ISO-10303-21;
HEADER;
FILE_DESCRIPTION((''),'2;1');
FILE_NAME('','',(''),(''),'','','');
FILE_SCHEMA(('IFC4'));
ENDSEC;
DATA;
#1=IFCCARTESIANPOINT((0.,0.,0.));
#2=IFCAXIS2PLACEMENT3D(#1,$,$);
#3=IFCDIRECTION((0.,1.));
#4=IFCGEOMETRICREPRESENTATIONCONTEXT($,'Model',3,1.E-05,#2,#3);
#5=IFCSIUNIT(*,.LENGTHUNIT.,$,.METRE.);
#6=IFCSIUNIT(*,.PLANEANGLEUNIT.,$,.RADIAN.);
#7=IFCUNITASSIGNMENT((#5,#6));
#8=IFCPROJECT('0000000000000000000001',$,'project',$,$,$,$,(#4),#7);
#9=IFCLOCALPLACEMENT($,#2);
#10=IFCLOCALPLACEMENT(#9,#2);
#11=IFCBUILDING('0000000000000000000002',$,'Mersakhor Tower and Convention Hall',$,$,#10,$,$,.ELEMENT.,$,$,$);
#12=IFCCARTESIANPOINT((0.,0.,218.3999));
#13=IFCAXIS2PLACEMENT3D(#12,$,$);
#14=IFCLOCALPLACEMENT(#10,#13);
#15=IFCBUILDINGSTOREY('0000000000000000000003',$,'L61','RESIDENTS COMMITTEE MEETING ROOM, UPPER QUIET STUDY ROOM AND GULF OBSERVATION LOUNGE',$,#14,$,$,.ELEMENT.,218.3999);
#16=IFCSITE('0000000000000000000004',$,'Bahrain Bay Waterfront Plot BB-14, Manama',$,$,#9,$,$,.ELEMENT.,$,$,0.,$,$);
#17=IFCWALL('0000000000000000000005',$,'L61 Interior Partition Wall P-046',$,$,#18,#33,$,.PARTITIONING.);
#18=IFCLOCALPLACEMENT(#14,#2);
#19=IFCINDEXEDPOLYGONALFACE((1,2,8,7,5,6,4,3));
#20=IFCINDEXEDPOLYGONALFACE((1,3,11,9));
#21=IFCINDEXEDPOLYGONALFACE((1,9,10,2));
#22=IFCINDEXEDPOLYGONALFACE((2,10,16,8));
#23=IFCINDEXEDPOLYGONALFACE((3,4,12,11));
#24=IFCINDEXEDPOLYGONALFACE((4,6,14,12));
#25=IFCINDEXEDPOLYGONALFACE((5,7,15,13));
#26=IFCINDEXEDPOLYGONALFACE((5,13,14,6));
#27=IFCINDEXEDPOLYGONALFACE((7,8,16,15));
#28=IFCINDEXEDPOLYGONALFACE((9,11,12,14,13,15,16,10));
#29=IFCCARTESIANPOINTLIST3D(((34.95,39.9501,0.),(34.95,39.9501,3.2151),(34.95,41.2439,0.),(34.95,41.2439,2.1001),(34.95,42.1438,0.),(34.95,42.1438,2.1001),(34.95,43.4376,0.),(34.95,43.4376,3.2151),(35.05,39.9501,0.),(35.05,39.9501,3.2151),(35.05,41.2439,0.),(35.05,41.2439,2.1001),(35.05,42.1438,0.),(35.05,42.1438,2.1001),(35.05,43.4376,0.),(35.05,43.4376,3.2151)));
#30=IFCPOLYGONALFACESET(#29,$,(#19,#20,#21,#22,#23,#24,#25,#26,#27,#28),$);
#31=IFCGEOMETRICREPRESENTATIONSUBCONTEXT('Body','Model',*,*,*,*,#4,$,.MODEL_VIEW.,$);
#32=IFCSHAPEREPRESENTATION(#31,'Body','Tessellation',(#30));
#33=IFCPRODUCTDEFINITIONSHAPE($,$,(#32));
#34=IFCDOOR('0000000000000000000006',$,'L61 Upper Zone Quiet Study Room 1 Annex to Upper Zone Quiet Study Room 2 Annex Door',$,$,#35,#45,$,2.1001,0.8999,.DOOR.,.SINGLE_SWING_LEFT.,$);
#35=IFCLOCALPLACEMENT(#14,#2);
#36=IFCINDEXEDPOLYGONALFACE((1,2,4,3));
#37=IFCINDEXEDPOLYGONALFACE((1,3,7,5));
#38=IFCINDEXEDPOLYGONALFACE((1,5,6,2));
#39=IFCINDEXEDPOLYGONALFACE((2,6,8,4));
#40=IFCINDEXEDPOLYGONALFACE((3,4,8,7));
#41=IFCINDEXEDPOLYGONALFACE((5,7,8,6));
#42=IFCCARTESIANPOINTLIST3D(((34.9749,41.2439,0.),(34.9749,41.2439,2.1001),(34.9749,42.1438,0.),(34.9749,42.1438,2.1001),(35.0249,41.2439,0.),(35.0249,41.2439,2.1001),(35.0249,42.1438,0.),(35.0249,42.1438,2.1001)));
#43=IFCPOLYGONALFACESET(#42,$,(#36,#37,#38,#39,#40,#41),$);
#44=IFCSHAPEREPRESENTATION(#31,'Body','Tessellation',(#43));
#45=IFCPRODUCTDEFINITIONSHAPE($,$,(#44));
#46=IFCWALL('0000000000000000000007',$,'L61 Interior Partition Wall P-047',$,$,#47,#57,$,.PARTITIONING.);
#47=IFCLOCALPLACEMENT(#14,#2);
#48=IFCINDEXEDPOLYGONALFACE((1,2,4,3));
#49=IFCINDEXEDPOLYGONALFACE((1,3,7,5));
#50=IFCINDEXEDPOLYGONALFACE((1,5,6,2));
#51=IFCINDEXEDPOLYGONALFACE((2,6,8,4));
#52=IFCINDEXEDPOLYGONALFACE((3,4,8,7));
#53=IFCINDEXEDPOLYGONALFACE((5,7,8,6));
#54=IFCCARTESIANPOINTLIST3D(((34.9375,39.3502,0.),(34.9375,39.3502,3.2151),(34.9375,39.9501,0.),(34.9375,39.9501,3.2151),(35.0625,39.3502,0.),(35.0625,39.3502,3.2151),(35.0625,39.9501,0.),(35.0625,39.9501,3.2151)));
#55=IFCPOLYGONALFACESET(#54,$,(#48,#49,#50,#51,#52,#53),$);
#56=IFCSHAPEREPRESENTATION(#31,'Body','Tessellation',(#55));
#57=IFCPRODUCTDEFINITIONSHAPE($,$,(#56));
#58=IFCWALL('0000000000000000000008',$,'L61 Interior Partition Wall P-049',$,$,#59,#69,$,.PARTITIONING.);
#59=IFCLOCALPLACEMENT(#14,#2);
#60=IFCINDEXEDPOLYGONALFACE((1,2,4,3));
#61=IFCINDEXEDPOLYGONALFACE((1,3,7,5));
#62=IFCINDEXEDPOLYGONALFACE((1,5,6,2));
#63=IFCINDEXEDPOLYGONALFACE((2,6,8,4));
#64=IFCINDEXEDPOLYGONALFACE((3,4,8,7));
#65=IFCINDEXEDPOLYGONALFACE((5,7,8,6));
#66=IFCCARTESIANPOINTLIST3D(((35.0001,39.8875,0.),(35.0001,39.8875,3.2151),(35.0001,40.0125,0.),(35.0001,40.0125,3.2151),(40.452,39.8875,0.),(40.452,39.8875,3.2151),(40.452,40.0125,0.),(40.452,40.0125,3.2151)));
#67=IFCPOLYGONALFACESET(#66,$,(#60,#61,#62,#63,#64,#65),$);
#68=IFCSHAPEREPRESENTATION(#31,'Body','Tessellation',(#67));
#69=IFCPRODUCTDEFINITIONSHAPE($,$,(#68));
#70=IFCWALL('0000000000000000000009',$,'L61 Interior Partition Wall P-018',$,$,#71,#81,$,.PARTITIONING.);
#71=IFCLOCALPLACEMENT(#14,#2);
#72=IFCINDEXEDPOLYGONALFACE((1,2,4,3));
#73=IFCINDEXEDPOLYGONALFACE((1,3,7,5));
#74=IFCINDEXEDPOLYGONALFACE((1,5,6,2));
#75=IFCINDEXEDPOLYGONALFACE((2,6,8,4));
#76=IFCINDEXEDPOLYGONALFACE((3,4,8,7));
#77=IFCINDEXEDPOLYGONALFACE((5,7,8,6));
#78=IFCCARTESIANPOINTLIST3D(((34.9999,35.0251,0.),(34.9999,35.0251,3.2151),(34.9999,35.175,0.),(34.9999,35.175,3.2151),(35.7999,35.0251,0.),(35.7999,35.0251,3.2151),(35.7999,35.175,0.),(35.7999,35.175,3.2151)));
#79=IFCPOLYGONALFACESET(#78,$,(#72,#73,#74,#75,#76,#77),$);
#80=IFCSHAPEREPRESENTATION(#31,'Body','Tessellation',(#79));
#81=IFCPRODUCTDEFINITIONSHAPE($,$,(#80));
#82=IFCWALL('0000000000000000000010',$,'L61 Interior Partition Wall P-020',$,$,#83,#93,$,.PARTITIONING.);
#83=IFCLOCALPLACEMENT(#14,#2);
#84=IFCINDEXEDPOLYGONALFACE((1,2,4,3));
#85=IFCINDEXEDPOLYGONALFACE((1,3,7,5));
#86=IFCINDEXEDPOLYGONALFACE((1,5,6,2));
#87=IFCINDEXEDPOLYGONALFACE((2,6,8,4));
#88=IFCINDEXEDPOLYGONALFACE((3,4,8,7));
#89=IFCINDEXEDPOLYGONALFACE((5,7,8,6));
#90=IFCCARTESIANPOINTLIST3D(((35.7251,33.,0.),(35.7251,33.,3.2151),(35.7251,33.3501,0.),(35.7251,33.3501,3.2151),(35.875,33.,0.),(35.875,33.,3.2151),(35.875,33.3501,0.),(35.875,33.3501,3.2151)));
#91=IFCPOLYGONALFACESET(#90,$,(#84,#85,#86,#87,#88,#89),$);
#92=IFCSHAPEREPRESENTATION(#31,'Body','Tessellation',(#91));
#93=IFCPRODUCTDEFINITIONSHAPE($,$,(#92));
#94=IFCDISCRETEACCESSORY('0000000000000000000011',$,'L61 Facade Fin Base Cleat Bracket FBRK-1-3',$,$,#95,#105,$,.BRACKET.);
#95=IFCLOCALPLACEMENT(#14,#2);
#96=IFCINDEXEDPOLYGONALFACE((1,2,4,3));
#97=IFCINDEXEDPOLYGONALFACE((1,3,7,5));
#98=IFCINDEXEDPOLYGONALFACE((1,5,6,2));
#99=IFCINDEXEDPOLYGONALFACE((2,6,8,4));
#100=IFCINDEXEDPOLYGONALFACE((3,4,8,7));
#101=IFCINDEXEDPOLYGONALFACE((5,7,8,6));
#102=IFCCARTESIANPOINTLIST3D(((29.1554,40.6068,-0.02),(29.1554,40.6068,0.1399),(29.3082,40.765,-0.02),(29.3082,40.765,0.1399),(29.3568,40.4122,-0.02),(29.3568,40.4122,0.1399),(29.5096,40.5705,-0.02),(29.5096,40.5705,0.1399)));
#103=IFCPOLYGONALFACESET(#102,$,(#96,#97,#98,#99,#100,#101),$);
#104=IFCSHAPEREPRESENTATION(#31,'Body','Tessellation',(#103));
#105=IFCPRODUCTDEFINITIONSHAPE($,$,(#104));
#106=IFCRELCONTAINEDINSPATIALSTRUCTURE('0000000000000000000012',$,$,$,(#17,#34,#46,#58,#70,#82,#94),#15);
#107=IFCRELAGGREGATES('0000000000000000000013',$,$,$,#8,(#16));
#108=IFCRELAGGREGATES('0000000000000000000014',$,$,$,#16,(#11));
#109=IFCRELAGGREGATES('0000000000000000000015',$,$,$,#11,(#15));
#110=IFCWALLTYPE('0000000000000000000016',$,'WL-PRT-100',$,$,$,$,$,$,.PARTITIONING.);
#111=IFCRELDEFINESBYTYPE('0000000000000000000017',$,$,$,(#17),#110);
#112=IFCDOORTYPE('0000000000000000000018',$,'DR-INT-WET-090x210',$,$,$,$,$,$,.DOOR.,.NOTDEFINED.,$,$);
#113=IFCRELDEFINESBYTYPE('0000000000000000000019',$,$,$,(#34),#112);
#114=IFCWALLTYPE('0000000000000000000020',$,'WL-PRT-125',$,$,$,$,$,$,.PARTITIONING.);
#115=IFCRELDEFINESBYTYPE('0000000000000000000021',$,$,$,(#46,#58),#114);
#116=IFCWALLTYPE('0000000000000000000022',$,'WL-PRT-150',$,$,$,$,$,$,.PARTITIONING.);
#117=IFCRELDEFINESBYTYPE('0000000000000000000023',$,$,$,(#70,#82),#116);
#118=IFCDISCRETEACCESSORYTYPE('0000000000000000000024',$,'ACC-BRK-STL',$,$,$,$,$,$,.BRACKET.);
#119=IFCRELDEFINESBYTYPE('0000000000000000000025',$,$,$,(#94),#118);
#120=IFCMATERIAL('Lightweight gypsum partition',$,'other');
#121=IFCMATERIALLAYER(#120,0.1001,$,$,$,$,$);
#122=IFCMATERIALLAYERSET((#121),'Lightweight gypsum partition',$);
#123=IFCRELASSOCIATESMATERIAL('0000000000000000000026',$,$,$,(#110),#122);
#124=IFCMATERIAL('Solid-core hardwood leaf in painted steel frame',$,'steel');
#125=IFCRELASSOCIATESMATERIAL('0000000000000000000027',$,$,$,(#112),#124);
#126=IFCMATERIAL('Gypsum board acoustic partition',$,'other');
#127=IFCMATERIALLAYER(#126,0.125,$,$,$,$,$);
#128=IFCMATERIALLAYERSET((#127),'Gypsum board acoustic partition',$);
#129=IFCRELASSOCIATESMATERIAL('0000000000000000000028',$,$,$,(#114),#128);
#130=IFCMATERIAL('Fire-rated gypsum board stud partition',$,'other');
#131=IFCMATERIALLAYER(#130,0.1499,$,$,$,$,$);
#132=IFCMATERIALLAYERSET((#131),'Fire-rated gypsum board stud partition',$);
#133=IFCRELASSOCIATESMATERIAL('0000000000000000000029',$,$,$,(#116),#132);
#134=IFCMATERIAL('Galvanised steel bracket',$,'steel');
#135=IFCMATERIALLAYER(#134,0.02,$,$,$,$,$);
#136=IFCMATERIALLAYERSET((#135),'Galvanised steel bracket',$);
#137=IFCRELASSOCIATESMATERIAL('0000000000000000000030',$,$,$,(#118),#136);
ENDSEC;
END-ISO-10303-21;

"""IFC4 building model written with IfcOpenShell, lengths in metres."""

from ifc_helpers import new_model, si_unit, direction, frame, frame_2d, origin, origin_2d, place, context, subcontext, project, spatial, rectangle, extrude, material, layer, layer_set, type_object, element, fill, save


model = new_model("IFC4")

# Units and contexts
model_context = context("Model", 3, precision=1e-05, world=origin(), true_north=direction((0.0, 1.0)))
body_context = subcontext(model_context, "Body", "Model", "MODEL_VIEW")
ifc_project = project(units=[si_unit("LENGTHUNIT", "METRE"), si_unit("PLANEANGLEUNIT", "RADIAN")], contexts=[model_context])

# Site, building, storey
site_placement = place(None, origin())
site = spatial("IfcSite", under=ifc_project, at=site_placement, Name="Bahrain Bay Waterfront Plot BB-14, Manama", CompositionType="ELEMENT", RefElevation=0.0)
building_placement = place(site_placement, origin())
building = spatial("IfcBuilding", under=site, at=building_placement, Name="Mersakhor Tower and Convention Hall", CompositionType="ELEMENT")
storey_placement = place(building_placement, frame((0.0, 0.0, 218.3999)))
storey = spatial("IfcBuildingStorey", under=building, at=storey_placement, Name="L61", Description="RESIDENTS COMMITTEE MEETING ROOM, UPPER QUIET STUDY ROOM AND GULF OBSERVATION LOUNGE", CompositionType="ELEMENT", Elevation=218.3999)

# Shared definitions
ifc_material_1 = material(Name="Lightweight gypsum partition", Category="other")
ifc_layer_1 = layer(ifc_material_1, 0.1001)
ifc_layer_set_1 = layer_set([ifc_layer_1], Name="Lightweight gypsum partition")
wall_type_1 = type_object("IfcWallType", Name="WL-PRT-100", PredefinedType="PARTITIONING", material=ifc_layer_set_1)

# Wall, opening, door
wall_1_placement = place(storey_placement, frame((35.0, 43.4375, 0.0), z_axis=(0.0, 0.0, 1.0), x_axis=(0.0, -1.0, 0.0)))
wall_1 = element("IfcWall", 1, at=wall_1_placement, inside=storey, type_object=wall_type_1, Name="L61 Interior Partition Wall P-046", PredefinedType="PARTITIONING", context=body_context, shape_type="SweptSolid", body=[
    extrude(rectangle(XDim=3.4875, YDim=0.1001, at=frame_2d((1.7437, 0.0))), origin(), (0.0, 0.0, 1.0), 3.2151),
])
opening_1_placement = place(wall_1_placement, frame((1.2937, 0.0, 0.0)))
opening_1 = element("IfcOpeningElement", 2, at=opening_1_placement, cuts=wall_1, PredefinedType="OPENING", context=body_context, shape_type="SweptSolid", body=[
    extrude(rectangle(XDim=0.8999, YDim=2.1001, at=frame_2d((0.45, 1.05))), frame((0.0, 0.0601, 0.0), z_axis=(0.0, -1.0, 0.0), x_axis=(1.0, 0.0, 0.0)), (0.0, 0.0, 1.0), 0.1201),
])
ifc_material_2 = material(Name="Solid-core hardwood leaf in painted steel frame", Category="steel")
door_type_1 = type_object("IfcDoorType", Name="DR-INT-WET-090x210", OperationType="NOTDEFINED", PredefinedType="DOOR", material=ifc_material_2)
door_1_placement = place(opening_1_placement, origin())
door_1 = element("IfcDoor", 3, at=door_1_placement, inside=storey, type_object=door_type_1, Name="L61 Upper Zone Quiet Study Room 1 Annex to Upper Zone Quiet Study Room 2 Annex Door", OperationType="SINGLE_SWING_LEFT", OverallHeight=2.1001, OverallWidth=0.8999, PredefinedType="DOOR", context=body_context, shape_type="SweptSolid", body=[
    extrude(rectangle(XDim=0.8999, YDim=2.1001, at=frame_2d((0.45, 1.05))), frame((0.0, 0.0249, 0.0), z_axis=(0.0, -1.0, 0.0), x_axis=(1.0, 0.0, 0.0)), (0.0, 0.0, 1.0), 0.05),
])
fill(opening_1, door_1)

# Walls
ifc_material_3 = material(Name="Gypsum board acoustic partition", Category="other")
ifc_layer_2 = layer(ifc_material_3, 0.125)
ifc_layer_set_2 = layer_set([ifc_layer_2], Name="Gypsum board acoustic partition")
wall_type_2 = type_object("IfcWallType", Name="WL-PRT-125", PredefinedType="PARTITIONING", material=ifc_layer_set_2)
wall_2_placement = place(storey_placement, frame((35.0, 39.95, 0.0), z_axis=(0.0, 0.0, 1.0), x_axis=(0.0, -1.0, 0.0)))
element("IfcWall", 4, at=wall_2_placement, inside=storey, type_object=wall_type_2, Name="L61 Interior Partition Wall P-047", PredefinedType="PARTITIONING", context=body_context, shape_type="SweptSolid", body=[
    extrude(rectangle(XDim=0.5999, YDim=0.125, at=frame_2d((0.2998, 0.0))), origin(), (0.0, 0.0, 1.0), 3.2151),
])
wall_3_placement = place(storey_placement, frame((35.0, 39.95, 0.0), z_axis=(0.0, 0.0, 1.0), x_axis=(1.0, 0.0, 0.0)))
element("IfcWall", 5, at=wall_3_placement, inside=storey, type_object=wall_type_2, Name="L61 Interior Partition Wall P-049", PredefinedType="PARTITIONING", context=body_context, shape_type="SweptSolid", body=[
    extrude(rectangle(XDim=5.4519, YDim=0.125, at=frame_2d((2.7261, 0.0))), origin(), (0.0, 0.0, 1.0), 3.2151),
])
ifc_material_4 = material(Name="Fire-rated gypsum board stud partition", Category="other")
ifc_layer_3 = layer(ifc_material_4, 0.1499)
ifc_layer_set_3 = layer_set([ifc_layer_3], Name="Fire-rated gypsum board stud partition")
wall_type_3 = type_object("IfcWallType", Name="WL-PRT-150", PredefinedType="PARTITIONING", material=ifc_layer_set_3)
wall_4_placement = place(storey_placement, frame((35.0, 35.1001, 0.0), z_axis=(0.0, 0.0, 1.0), x_axis=(1.0, 0.0, 0.0)))
element("IfcWall", 6, at=wall_4_placement, inside=storey, type_object=wall_type_3, Name="L61 Interior Partition Wall P-018", PredefinedType="PARTITIONING", context=body_context, shape_type="SweptSolid", body=[
    extrude(rectangle(XDim=0.8, YDim=0.1499, at=frame_2d((0.3999, 0.0))), origin(), (0.0, 0.0, 1.0), 3.2151),
])

# Wall
wall_5_placement = place(storey_placement, frame((35.8, 33.3501, 0.0), z_axis=(0.0, 0.0, 1.0), x_axis=(0.0, -1.0, 0.0)))
element("IfcWall", 7, at=wall_5_placement, inside=storey, type_object=wall_type_3, Name="L61 Interior Partition Wall P-020", PredefinedType="PARTITIONING", context=body_context, shape_type="SweptSolid", body=[
    extrude(rectangle(XDim=0.3501, YDim=0.1499, at=frame_2d((0.175, 0.0))), origin(), (0.0, 0.0, 1.0), 3.2151),
])

# Discrete accessory
ifc_material_5 = material(Name="Galvanised steel bracket", Category="steel")
ifc_layer_4 = layer(ifc_material_5, 0.02)
ifc_layer_set_4 = layer_set([ifc_layer_4], Name="Galvanised steel bracket")
discrete_accessory_type = type_object("IfcDiscreteAccessoryType", Name="ACC-BRK-STL", PredefinedType="BRACKET", material=ifc_layer_set_4)
discrete_accessory_placement = place(storey_placement, frame((29.3325, 40.5886, -0.02), z_axis=(0.0, 0.0, 1.0), x_axis=(-0.71934, 0.694658, 0.0)))
element("IfcDiscreteAccessory", 8, at=discrete_accessory_placement, inside=storey, type_object=discrete_accessory_type, Name="L61 Facade Fin Base Cleat Bracket FBRK-1-3", PredefinedType="BRACKET", context=body_context, shape_type="SweptSolid", body=[
    extrude(rectangle(XDim=0.28, YDim=0.22, at=origin_2d()), origin(), (0.0, 0.0, 1.0), 0.1599),
])

save(model, "model.ifc")
